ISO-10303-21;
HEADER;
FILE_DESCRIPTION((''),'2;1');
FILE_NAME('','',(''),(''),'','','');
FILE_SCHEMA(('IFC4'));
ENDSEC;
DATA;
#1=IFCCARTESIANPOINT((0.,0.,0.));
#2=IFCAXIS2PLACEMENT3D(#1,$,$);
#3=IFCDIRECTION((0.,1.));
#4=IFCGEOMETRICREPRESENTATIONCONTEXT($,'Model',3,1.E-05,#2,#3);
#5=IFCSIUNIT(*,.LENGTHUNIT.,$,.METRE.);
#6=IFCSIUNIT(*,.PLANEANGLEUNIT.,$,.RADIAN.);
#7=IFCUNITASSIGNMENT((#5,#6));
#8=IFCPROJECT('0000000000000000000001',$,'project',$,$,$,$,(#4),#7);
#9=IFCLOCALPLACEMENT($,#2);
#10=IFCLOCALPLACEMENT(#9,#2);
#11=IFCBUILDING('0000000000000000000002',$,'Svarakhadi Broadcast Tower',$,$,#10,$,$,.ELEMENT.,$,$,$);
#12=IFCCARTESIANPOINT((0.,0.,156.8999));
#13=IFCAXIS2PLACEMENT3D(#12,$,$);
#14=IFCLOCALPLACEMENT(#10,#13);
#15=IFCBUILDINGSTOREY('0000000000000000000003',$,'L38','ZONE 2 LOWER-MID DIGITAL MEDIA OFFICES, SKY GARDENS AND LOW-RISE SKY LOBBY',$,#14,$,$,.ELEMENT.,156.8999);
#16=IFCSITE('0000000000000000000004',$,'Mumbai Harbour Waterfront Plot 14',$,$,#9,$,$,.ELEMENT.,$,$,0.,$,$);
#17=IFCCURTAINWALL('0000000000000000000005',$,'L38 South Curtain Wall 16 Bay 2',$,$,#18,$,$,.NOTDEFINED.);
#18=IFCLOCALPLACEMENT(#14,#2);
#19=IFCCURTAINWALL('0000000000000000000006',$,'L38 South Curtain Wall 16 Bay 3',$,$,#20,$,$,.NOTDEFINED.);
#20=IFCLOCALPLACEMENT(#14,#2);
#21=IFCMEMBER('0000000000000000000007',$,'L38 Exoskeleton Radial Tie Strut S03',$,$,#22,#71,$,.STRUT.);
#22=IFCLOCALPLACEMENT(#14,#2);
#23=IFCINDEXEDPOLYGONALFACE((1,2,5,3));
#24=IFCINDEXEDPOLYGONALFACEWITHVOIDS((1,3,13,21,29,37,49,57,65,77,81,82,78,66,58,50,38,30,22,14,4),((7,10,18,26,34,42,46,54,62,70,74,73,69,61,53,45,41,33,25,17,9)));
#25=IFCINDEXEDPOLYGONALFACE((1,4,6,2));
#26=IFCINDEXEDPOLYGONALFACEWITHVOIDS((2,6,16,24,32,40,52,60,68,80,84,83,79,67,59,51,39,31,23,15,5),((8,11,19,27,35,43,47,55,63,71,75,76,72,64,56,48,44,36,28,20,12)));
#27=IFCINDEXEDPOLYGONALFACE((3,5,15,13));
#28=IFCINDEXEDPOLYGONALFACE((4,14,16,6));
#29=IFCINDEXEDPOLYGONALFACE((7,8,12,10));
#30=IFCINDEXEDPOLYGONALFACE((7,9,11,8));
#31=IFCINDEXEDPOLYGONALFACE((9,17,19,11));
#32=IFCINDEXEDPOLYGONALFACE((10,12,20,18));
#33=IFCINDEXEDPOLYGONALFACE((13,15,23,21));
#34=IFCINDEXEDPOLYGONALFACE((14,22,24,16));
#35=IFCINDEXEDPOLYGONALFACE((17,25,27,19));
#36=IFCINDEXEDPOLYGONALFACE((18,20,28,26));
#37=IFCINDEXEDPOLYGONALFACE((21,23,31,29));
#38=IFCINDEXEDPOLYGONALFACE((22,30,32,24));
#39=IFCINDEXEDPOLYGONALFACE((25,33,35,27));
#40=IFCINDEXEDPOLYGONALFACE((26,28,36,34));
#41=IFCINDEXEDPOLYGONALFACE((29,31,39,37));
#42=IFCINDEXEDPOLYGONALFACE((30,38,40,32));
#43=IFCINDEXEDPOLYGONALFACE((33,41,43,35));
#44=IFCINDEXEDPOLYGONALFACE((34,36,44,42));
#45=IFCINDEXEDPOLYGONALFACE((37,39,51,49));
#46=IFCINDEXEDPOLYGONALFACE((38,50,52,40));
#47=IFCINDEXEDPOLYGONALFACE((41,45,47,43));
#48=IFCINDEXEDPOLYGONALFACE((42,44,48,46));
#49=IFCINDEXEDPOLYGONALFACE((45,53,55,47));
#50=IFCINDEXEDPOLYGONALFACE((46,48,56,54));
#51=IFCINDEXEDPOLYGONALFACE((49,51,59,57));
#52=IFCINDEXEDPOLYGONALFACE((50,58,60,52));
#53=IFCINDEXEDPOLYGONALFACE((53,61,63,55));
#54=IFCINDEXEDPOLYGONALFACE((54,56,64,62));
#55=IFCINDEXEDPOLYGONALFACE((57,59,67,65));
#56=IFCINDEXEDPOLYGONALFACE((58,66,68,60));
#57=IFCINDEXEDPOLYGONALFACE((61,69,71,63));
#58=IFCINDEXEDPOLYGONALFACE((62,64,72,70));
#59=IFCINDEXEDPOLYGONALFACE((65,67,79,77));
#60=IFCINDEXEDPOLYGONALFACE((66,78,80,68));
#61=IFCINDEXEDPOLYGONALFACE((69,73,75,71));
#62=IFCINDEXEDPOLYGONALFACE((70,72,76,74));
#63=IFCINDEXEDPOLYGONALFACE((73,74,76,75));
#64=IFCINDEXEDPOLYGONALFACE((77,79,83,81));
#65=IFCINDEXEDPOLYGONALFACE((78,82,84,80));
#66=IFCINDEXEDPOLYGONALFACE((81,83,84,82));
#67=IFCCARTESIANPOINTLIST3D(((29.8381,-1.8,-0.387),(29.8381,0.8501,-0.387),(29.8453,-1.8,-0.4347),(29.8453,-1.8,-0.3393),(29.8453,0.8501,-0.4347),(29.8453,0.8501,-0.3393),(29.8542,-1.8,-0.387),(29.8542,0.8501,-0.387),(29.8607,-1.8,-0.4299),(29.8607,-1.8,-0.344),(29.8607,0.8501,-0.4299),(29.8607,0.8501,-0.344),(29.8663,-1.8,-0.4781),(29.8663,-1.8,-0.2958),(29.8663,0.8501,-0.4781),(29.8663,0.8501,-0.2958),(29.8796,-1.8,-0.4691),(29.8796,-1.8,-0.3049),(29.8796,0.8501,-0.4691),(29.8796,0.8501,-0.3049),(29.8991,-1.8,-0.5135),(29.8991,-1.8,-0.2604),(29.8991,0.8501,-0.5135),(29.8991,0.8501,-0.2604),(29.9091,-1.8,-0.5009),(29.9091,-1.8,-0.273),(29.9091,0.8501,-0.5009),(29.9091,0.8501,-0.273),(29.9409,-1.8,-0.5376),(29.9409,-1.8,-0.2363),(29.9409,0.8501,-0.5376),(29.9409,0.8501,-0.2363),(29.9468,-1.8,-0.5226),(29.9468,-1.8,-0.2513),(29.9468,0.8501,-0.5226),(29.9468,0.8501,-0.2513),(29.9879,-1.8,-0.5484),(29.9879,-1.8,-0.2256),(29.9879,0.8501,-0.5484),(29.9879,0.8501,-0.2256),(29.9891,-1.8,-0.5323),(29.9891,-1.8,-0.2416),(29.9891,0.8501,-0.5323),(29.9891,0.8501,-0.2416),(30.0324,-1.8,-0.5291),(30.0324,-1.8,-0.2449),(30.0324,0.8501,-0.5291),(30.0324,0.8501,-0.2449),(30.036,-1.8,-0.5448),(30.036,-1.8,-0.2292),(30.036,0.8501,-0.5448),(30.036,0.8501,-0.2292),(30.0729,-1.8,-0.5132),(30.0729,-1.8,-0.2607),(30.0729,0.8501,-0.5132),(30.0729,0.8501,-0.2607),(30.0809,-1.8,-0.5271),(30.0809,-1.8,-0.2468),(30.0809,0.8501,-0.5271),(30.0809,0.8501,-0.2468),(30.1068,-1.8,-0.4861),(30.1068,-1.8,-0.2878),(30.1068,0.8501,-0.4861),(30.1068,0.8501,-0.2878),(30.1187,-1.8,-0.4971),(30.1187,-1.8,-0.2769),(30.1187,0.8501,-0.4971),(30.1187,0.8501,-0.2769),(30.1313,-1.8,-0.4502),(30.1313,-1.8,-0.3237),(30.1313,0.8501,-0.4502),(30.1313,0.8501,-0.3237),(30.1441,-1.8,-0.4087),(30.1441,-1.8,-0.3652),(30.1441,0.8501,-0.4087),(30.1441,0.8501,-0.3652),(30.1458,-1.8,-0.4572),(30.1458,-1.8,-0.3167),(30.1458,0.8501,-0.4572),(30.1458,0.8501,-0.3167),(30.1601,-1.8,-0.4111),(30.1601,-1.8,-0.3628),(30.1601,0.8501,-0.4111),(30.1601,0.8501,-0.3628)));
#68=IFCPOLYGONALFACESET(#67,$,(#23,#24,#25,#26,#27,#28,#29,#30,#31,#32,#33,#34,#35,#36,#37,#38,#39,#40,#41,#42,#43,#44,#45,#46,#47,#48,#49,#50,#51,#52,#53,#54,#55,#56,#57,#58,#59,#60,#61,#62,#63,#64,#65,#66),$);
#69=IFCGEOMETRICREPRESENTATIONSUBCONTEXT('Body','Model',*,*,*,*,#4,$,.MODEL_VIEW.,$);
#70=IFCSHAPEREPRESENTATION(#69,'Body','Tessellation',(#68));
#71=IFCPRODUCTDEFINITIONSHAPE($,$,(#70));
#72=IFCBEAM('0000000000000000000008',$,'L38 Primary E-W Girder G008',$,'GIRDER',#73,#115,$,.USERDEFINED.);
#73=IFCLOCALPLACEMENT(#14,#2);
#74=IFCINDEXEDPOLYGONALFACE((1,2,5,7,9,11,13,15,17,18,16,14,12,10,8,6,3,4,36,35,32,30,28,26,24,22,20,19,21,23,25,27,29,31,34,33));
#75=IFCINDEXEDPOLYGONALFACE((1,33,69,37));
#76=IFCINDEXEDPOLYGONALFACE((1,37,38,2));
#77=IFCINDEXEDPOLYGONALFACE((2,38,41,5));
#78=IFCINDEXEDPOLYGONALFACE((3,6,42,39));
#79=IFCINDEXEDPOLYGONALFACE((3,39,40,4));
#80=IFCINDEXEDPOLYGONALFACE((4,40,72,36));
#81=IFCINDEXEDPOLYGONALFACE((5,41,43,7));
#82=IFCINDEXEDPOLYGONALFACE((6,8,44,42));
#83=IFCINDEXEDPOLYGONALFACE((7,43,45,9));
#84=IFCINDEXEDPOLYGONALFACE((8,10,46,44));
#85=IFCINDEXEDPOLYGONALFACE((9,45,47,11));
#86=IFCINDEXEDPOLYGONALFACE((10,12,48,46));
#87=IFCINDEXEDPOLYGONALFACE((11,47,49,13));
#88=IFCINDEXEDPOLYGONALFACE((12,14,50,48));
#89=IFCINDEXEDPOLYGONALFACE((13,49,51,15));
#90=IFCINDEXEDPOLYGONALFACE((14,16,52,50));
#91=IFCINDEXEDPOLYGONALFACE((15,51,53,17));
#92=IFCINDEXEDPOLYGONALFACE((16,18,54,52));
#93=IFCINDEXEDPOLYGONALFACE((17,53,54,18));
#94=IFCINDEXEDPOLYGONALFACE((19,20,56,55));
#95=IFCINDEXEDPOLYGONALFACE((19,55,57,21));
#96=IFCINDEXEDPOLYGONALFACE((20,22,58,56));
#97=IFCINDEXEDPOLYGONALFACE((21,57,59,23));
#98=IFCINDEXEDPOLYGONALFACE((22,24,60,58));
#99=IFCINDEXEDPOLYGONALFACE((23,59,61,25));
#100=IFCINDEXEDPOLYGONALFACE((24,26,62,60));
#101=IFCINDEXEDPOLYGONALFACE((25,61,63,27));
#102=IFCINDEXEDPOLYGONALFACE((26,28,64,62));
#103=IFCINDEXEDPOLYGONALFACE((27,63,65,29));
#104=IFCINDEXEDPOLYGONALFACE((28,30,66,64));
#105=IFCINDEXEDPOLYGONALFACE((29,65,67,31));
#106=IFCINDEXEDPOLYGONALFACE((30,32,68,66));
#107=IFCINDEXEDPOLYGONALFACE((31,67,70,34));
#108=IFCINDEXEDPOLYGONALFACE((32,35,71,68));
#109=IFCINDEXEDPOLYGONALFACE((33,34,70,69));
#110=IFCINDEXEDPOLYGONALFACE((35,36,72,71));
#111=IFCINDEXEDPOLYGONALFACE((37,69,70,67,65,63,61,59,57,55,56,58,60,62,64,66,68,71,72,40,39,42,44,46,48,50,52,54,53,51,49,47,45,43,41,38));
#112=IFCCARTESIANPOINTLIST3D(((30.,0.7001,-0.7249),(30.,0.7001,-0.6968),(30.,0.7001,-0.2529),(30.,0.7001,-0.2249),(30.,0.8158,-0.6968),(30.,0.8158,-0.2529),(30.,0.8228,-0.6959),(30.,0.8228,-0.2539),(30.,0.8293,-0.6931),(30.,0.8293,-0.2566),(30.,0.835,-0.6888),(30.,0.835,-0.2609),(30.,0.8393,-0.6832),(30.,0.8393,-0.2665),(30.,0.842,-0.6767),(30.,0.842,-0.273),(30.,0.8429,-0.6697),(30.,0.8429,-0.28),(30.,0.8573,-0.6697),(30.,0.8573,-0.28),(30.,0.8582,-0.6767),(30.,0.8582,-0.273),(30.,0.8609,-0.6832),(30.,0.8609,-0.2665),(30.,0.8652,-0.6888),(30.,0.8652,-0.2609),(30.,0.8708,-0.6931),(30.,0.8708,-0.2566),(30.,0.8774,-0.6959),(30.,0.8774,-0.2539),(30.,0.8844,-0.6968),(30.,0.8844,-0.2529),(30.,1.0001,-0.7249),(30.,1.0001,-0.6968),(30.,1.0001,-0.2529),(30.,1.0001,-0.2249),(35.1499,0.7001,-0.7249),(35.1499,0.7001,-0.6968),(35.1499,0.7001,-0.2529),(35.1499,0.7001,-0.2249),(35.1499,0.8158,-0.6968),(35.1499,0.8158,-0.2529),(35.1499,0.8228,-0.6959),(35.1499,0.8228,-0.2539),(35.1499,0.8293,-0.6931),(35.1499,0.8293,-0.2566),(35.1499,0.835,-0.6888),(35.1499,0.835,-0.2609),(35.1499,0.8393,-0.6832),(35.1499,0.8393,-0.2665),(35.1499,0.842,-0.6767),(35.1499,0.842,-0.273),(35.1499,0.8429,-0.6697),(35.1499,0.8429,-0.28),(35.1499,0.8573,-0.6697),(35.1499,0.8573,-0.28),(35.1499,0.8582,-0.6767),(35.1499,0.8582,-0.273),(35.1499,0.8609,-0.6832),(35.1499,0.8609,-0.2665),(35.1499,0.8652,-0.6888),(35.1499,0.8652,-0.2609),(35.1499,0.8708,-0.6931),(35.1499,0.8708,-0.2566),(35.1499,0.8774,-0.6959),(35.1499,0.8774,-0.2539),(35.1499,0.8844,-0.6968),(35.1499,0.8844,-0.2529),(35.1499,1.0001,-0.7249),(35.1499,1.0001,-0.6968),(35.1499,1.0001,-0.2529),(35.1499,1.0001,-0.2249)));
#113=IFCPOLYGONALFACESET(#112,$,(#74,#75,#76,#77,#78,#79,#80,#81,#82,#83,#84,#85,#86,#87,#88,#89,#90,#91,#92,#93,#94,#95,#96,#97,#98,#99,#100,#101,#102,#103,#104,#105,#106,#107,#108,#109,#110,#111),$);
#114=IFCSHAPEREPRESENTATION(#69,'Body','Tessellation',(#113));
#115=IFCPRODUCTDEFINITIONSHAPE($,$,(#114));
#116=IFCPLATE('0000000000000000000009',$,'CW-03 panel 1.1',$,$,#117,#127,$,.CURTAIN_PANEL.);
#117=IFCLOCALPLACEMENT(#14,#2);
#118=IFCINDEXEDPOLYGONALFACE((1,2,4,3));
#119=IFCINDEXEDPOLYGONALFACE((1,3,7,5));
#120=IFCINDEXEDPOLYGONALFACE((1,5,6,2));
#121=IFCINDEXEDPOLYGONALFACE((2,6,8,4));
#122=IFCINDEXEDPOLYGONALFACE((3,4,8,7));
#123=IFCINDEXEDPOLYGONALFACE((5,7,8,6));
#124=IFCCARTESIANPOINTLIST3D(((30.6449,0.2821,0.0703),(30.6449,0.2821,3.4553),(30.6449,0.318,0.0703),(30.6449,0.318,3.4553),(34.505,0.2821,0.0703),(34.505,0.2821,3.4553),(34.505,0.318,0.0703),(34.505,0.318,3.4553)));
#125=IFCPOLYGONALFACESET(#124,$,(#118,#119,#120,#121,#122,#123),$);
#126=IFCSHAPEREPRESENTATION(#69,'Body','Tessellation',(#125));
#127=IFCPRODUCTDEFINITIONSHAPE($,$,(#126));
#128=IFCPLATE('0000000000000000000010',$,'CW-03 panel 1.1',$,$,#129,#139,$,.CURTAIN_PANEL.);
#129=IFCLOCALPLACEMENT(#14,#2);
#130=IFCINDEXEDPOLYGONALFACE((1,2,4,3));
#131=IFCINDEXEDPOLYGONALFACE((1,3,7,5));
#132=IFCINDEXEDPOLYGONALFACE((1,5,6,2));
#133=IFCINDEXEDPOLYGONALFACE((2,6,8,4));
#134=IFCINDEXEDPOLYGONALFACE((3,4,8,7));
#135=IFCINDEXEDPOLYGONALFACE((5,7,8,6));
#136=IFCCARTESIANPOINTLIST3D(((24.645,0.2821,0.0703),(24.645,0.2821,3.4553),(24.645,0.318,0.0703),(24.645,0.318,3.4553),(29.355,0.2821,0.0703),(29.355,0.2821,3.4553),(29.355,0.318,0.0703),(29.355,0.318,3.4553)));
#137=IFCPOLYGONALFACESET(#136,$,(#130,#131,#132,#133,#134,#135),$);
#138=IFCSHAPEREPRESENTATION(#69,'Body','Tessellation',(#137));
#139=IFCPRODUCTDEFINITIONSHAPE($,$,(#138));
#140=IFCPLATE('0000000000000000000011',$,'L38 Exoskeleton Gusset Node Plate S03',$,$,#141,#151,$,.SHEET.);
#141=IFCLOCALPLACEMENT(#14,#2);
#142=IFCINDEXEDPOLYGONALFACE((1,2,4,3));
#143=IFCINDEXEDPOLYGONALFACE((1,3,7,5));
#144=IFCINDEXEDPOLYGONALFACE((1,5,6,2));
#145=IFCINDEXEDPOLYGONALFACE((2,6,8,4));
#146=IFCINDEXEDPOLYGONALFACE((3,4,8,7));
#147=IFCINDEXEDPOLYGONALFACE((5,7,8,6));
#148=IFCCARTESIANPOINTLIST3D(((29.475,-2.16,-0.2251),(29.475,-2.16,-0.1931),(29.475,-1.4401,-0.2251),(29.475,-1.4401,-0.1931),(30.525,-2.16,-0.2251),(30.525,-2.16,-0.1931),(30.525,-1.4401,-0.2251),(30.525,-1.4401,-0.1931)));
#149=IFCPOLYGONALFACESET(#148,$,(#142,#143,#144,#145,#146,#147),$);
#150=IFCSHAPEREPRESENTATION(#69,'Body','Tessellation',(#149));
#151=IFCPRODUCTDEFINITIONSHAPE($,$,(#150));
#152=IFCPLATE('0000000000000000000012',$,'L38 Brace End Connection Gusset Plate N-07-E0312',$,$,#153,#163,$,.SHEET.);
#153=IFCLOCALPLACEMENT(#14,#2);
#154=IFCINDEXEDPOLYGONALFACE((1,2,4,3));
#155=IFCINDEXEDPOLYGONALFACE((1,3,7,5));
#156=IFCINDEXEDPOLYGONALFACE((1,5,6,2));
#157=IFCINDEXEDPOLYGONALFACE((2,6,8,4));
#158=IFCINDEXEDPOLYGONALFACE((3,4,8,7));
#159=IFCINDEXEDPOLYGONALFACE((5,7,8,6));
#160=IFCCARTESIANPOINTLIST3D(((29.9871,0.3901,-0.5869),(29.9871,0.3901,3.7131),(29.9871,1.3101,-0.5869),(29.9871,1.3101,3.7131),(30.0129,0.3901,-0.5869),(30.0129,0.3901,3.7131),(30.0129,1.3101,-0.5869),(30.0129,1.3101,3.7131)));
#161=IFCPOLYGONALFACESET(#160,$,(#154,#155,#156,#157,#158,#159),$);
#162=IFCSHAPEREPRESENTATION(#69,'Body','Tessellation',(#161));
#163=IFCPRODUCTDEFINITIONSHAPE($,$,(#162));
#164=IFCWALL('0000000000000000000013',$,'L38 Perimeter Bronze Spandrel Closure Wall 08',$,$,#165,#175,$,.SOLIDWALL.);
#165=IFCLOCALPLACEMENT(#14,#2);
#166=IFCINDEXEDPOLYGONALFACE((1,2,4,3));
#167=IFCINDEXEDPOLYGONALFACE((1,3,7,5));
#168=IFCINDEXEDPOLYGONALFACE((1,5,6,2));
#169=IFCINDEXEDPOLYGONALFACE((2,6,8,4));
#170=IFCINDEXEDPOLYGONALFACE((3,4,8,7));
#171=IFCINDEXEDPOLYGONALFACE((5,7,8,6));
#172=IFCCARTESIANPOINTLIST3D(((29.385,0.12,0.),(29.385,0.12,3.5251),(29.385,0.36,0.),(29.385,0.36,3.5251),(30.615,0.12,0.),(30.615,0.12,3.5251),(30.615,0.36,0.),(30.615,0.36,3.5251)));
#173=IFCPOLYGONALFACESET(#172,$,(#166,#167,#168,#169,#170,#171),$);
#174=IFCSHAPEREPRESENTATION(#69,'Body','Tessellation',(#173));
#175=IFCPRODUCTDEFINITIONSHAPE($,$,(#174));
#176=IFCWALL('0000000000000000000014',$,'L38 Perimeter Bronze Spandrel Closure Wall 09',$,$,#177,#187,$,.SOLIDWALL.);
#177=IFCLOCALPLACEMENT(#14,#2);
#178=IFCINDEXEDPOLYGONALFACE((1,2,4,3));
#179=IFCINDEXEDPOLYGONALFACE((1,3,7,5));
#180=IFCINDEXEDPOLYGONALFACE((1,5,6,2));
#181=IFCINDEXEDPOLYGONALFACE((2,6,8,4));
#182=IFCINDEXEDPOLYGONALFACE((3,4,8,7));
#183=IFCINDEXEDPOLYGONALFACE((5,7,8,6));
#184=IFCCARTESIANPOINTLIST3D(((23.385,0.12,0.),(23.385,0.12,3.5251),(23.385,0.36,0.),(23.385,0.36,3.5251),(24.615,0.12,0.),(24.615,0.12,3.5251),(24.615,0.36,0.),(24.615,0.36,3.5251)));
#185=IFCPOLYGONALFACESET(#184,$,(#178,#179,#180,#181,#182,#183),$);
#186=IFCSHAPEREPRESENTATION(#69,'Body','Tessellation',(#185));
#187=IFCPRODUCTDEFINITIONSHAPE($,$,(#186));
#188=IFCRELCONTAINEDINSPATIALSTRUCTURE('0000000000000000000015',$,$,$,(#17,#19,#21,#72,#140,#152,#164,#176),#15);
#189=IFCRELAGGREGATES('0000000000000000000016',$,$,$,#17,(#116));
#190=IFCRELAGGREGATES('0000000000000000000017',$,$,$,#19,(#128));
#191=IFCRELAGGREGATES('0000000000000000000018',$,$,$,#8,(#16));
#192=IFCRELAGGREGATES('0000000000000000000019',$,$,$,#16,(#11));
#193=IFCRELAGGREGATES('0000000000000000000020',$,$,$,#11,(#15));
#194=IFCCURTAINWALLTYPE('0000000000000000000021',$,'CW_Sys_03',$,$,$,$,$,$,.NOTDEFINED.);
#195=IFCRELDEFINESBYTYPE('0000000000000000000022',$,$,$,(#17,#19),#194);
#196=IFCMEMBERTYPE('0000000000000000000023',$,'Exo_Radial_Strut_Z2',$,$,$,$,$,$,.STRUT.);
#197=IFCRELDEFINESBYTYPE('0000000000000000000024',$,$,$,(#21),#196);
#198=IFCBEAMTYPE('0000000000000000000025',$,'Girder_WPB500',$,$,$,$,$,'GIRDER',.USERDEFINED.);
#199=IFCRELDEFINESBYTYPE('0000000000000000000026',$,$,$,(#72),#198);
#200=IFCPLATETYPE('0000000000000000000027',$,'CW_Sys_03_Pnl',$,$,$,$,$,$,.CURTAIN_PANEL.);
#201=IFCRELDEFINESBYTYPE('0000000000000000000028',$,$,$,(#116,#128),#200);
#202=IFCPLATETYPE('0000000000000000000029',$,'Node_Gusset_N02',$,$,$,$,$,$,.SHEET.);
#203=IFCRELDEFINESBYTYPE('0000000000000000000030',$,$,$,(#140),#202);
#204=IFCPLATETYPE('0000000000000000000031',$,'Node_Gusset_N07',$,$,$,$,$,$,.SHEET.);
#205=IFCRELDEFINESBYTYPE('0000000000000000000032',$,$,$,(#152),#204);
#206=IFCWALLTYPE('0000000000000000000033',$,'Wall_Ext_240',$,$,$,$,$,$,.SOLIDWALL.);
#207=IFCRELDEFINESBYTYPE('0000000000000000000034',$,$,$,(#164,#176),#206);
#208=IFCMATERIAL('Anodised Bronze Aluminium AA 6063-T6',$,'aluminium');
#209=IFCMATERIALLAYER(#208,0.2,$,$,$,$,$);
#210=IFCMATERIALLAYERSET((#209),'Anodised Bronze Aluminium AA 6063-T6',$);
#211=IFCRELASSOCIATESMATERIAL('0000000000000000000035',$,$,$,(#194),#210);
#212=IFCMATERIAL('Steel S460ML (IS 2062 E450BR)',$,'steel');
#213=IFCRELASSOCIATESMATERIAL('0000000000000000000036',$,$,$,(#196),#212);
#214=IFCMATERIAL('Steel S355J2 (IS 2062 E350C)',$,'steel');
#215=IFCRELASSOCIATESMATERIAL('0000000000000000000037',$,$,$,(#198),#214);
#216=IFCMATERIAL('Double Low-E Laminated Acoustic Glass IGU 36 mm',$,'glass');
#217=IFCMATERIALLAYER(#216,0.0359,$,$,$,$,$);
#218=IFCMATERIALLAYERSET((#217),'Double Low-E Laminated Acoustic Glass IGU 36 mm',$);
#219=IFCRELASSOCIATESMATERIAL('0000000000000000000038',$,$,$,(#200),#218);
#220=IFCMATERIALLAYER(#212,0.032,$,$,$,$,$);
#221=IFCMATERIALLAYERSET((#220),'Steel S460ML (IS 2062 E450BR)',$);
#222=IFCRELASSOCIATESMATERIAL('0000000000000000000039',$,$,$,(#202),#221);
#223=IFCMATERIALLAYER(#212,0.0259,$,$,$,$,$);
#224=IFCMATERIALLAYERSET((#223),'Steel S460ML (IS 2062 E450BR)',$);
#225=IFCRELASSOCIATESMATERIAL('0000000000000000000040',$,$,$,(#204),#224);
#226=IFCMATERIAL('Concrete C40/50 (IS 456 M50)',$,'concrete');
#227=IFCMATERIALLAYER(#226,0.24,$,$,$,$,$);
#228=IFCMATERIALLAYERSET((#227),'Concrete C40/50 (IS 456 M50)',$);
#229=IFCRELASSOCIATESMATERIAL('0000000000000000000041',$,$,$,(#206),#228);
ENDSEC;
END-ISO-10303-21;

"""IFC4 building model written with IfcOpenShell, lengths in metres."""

from ifc_helpers import new_model, si_unit, direction, frame, frame_2d, origin, origin_2d, place, context, subcontext, project, spatial, rectangle, hollow_circle, i_section, extrude, material, layer, layer_set, material_profile, profile_set, type_object, element, aggregate, save


model = new_model("IFC4")

# Units and contexts
model_context = context("Model", 3, precision=1e-05, world=origin(), true_north=direction((0.0, 1.0)))
body_context = subcontext(model_context, "Body", "Model", "MODEL_VIEW")
ifc_project = project(units=[si_unit("LENGTHUNIT", "METRE"), si_unit("PLANEANGLEUNIT", "RADIAN")], contexts=[model_context])

# Site, building, storey
site_placement = place(None, origin())
site = spatial("IfcSite", under=ifc_project, at=site_placement, Name="Mumbai Harbour Waterfront Plot 14", CompositionType="ELEMENT", RefElevation=0.0)
building_placement = place(site_placement, origin())
building = spatial("IfcBuilding", under=site, at=building_placement, Name="Svarakhadi Broadcast Tower", CompositionType="ELEMENT")
storey_placement = place(building_placement, frame((0.0, 0.0, 156.8999)))
storey = spatial("IfcBuildingStorey", under=building, at=storey_placement, Name="L38", Description="ZONE 2 LOWER-MID DIGITAL MEDIA OFFICES, SKY GARDENS AND LOW-RISE SKY LOBBY", CompositionType="ELEMENT", Elevation=156.8999)

# Curtain wall
ifc_material_1 = material(Name="Anodised Bronze Aluminium AA 6063-T6", Category="aluminium")
ifc_layer_1 = layer(ifc_material_1, 0.2)
ifc_layer_set_1 = layer_set([ifc_layer_1], Name="Anodised Bronze Aluminium AA 6063-T6")
curtain_wall_type = type_object("IfcCurtainWallType", Name="CW_Sys_03", PredefinedType="NOTDEFINED", material=ifc_layer_set_1)
curtain_wall_1_placement = place(storey_placement, origin())
curtain_wall_1 = element("IfcCurtainWall", 1, at=curtain_wall_1_placement, inside=storey, type_object=curtain_wall_type, Name="L38 South Curtain Wall 16 Bay 2", PredefinedType="NOTDEFINED")

# Curtain wall
curtain_wall_2_placement = place(storey_placement, origin())
curtain_wall_2 = element("IfcCurtainWall", 2, at=curtain_wall_2_placement, inside=storey, type_object=curtain_wall_type, Name="L38 South Curtain Wall 16 Bay 3", PredefinedType="NOTDEFINED")

# Member
ifc_material_2 = material(Name="Steel S460ML (IS 2062 E450BR)", Category="steel")
ifc_material_profile_1 = material_profile(ifc_material_2, hollow_circle(Radius=0.1619, WallThickness=0.0161, at=origin_2d()), Name="CHS 323.9x16")
ifc_profile_set_1 = profile_set([ifc_material_profile_1], Name="Steel S460ML (IS 2062 E450BR)")
member_type_1 = type_object("IfcMemberType", Name="Exo_Radial_Strut_Z2", PredefinedType="STRUT", material=ifc_profile_set_1)
member_1_placement = place(storey_placement, frame((30.0, -1.8, -0.387), z_axis=(0.0, 1.0, 0.0), x_axis=(-1.0, 0.0, 0.0)))
element("IfcMember", 3, at=member_1_placement, inside=storey, type_object=member_type_1, Name="L38 Exoskeleton Radial Tie Strut S03", PredefinedType="STRUT", context=body_context, shape_type="SweptSolid", body=[
    extrude(hollow_circle(Radius=0.1619, WallThickness=0.0161, at=origin_2d()), origin(), (0.0, 0.0, 1.0), 2.6501),
])

# Beam
ifc_material_3 = material(Name="Steel S355J2 (IS 2062 E350C)", Category="steel")
ifc_material_profile_2 = material_profile(ifc_material_3, i_section(OverallWidth=0.3, OverallDepth=0.5, WebThickness=0.0144, FlangeThickness=0.0281, FilletRadius=0.0271, at=origin_2d()), Name="WPB 500x300x187")
ifc_profile_set_2 = profile_set([ifc_material_profile_2], Name="Steel S355J2 (IS 2062 E350C)")
beam_type_1 = type_object("IfcBeamType", Name="Girder_WPB500", ElementType="GIRDER", PredefinedType="USERDEFINED", material=ifc_profile_set_2)
beam_1_placement = place(storey_placement, frame((30.0, 0.8501, -0.4749), z_axis=(1.0, 0.0, 0.0), x_axis=(0.0, 1.0, 0.0)))
element("IfcBeam", 4, at=beam_1_placement, inside=storey, type_object=beam_type_1, Name="L38 Primary E-W Girder G008", ObjectType="GIRDER", PredefinedType="USERDEFINED", context=body_context, shape_type="SweptSolid", body=[
    extrude(i_section(OverallWidth=0.3, OverallDepth=0.5, WebThickness=0.0144, FlangeThickness=0.0281, FilletRadius=0.0271, at=origin_2d()), origin(), (0.0, 0.0, 1.0), 5.1499),
])

# Plates
ifc_material_4 = material(Name="Double Low-E Laminated Acoustic Glass IGU 36 mm", Category="glass")
ifc_layer_2 = layer(ifc_material_4, 0.0359)
ifc_layer_set_2 = layer_set([ifc_layer_2], Name="Double Low-E Laminated Acoustic Glass IGU 36 mm")
plate_type_1 = type_object("IfcPlateType", Name="CW_Sys_03_Pnl", PredefinedType="CURTAIN_PANEL", material=ifc_layer_set_2)
plate_1_placement = place(storey_placement, frame((32.575, 0.3, 0.0703), z_axis=(0.0, 0.0, 1.0), x_axis=(-1.0, 0.0, 0.0)))
plate_1 = element("IfcPlate", 5, at=plate_1_placement, type_object=plate_type_1, Name="CW-03 panel 1.1", PredefinedType="CURTAIN_PANEL", context=body_context, shape_type="SweptSolid", body=[
    extrude(rectangle(XDim=3.8601, YDim=0.0359, at=origin_2d()), origin(), (0.0, 0.0, 1.0), 3.385),
])
aggregate(curtain_wall_1, [plate_1])
plate_2_placement = place(storey_placement, frame((27.0, 0.3, 0.0703), z_axis=(0.0, 0.0, 1.0), x_axis=(-1.0, 0.0, 0.0)))
plate_2 = element("IfcPlate", 6, at=plate_2_placement, type_object=plate_type_1, Name="CW-03 panel 1.1", PredefinedType="CURTAIN_PANEL", context=body_context, shape_type="SweptSolid", body=[
    extrude(rectangle(XDim=4.71, YDim=0.0359, at=origin_2d()), origin(), (0.0, 0.0, 1.0), 3.385),
])
aggregate(curtain_wall_2, [plate_2])

# Plates
ifc_layer_3 = layer(ifc_material_2, 0.032)
ifc_layer_set_3 = layer_set([ifc_layer_3], Name="Steel S460ML (IS 2062 E450BR)")
plate_type_2 = type_object("IfcPlateType", Name="Node_Gusset_N02", PredefinedType="SHEET", material=ifc_layer_set_3)
plate_3_placement = place(storey_placement, frame((30.0, -1.8, -0.2251), z_axis=(0.0, 0.0, 1.0), x_axis=(1.0, 0.0, 0.0)))
element("IfcPlate", 7, at=plate_3_placement, inside=storey, type_object=plate_type_2, Name="L38 Exoskeleton Gusset Node Plate S03", PredefinedType="SHEET", context=body_context, shape_type="SweptSolid", body=[
    extrude(rectangle(XDim=1.05, YDim=0.72, at=origin_2d()), origin(), (0.0, 0.0, 1.0), 0.032),
])
ifc_layer_4 = layer(ifc_material_2, 0.0259)
ifc_layer_set_4 = layer_set([ifc_layer_4], Name="Steel S460ML (IS 2062 E450BR)")
plate_type_3 = type_object("IfcPlateType", Name="Node_Gusset_N07", PredefinedType="SHEET", material=ifc_layer_set_4)
plate_4_placement = place(storey_placement, frame((30.0, 0.8501, -0.5869), z_axis=(0.0, 0.0, 1.0), x_axis=(0.0, 1.0, 0.0)))
element("IfcPlate", 8, at=plate_4_placement, inside=storey, type_object=plate_type_3, Name="L38 Brace End Connection Gusset Plate N-07-E0312", PredefinedType="SHEET", context=body_context, shape_type="SweptSolid", body=[
    extrude(rectangle(XDim=0.9199, YDim=0.0259, at=origin_2d()), origin(), (0.0, 0.0, 1.0), 4.3),
])

# Walls
ifc_material_5 = material(Name="Concrete C40/50 (IS 456 M50)", Category="concrete")
ifc_layer_5 = layer(ifc_material_5, 0.24)
ifc_layer_set_5 = layer_set([ifc_layer_5], Name="Concrete C40/50 (IS 456 M50)")
wall_type_1 = type_object("IfcWallType", Name="Wall_Ext_240", PredefinedType="SOLIDWALL", material=ifc_layer_set_5)
for number, where, z_axis, x_axis, name in (
    (9, (30.615, 0.24, 0.0), (0.0, 0.0, 1.0), (-1.0, 0.0, 0.0), "L38 Perimeter Bronze Spandrel Closure Wall 08"),
    (10, (24.615, 0.24, 0.0), (0.0, 0.0, 1.0), (-1.0, 0.0, 0.0), "L38 Perimeter Bronze Spandrel Closure Wall 09"),
):
    element("IfcWall", number, at=place(storey_placement, frame(where, z_axis=z_axis, x_axis=x_axis)), inside=storey, type_object=wall_type_1, Name=name, PredefinedType="SOLIDWALL", context=body_context, shape_type="SweptSolid", body=[
        extrude(rectangle(XDim=1.23, YDim=0.24, at=frame_2d((0.615, 0.0))), origin(), (0.0, 0.0, 1.0), 3.5251),
    ])

save(model, "model.ifc")
